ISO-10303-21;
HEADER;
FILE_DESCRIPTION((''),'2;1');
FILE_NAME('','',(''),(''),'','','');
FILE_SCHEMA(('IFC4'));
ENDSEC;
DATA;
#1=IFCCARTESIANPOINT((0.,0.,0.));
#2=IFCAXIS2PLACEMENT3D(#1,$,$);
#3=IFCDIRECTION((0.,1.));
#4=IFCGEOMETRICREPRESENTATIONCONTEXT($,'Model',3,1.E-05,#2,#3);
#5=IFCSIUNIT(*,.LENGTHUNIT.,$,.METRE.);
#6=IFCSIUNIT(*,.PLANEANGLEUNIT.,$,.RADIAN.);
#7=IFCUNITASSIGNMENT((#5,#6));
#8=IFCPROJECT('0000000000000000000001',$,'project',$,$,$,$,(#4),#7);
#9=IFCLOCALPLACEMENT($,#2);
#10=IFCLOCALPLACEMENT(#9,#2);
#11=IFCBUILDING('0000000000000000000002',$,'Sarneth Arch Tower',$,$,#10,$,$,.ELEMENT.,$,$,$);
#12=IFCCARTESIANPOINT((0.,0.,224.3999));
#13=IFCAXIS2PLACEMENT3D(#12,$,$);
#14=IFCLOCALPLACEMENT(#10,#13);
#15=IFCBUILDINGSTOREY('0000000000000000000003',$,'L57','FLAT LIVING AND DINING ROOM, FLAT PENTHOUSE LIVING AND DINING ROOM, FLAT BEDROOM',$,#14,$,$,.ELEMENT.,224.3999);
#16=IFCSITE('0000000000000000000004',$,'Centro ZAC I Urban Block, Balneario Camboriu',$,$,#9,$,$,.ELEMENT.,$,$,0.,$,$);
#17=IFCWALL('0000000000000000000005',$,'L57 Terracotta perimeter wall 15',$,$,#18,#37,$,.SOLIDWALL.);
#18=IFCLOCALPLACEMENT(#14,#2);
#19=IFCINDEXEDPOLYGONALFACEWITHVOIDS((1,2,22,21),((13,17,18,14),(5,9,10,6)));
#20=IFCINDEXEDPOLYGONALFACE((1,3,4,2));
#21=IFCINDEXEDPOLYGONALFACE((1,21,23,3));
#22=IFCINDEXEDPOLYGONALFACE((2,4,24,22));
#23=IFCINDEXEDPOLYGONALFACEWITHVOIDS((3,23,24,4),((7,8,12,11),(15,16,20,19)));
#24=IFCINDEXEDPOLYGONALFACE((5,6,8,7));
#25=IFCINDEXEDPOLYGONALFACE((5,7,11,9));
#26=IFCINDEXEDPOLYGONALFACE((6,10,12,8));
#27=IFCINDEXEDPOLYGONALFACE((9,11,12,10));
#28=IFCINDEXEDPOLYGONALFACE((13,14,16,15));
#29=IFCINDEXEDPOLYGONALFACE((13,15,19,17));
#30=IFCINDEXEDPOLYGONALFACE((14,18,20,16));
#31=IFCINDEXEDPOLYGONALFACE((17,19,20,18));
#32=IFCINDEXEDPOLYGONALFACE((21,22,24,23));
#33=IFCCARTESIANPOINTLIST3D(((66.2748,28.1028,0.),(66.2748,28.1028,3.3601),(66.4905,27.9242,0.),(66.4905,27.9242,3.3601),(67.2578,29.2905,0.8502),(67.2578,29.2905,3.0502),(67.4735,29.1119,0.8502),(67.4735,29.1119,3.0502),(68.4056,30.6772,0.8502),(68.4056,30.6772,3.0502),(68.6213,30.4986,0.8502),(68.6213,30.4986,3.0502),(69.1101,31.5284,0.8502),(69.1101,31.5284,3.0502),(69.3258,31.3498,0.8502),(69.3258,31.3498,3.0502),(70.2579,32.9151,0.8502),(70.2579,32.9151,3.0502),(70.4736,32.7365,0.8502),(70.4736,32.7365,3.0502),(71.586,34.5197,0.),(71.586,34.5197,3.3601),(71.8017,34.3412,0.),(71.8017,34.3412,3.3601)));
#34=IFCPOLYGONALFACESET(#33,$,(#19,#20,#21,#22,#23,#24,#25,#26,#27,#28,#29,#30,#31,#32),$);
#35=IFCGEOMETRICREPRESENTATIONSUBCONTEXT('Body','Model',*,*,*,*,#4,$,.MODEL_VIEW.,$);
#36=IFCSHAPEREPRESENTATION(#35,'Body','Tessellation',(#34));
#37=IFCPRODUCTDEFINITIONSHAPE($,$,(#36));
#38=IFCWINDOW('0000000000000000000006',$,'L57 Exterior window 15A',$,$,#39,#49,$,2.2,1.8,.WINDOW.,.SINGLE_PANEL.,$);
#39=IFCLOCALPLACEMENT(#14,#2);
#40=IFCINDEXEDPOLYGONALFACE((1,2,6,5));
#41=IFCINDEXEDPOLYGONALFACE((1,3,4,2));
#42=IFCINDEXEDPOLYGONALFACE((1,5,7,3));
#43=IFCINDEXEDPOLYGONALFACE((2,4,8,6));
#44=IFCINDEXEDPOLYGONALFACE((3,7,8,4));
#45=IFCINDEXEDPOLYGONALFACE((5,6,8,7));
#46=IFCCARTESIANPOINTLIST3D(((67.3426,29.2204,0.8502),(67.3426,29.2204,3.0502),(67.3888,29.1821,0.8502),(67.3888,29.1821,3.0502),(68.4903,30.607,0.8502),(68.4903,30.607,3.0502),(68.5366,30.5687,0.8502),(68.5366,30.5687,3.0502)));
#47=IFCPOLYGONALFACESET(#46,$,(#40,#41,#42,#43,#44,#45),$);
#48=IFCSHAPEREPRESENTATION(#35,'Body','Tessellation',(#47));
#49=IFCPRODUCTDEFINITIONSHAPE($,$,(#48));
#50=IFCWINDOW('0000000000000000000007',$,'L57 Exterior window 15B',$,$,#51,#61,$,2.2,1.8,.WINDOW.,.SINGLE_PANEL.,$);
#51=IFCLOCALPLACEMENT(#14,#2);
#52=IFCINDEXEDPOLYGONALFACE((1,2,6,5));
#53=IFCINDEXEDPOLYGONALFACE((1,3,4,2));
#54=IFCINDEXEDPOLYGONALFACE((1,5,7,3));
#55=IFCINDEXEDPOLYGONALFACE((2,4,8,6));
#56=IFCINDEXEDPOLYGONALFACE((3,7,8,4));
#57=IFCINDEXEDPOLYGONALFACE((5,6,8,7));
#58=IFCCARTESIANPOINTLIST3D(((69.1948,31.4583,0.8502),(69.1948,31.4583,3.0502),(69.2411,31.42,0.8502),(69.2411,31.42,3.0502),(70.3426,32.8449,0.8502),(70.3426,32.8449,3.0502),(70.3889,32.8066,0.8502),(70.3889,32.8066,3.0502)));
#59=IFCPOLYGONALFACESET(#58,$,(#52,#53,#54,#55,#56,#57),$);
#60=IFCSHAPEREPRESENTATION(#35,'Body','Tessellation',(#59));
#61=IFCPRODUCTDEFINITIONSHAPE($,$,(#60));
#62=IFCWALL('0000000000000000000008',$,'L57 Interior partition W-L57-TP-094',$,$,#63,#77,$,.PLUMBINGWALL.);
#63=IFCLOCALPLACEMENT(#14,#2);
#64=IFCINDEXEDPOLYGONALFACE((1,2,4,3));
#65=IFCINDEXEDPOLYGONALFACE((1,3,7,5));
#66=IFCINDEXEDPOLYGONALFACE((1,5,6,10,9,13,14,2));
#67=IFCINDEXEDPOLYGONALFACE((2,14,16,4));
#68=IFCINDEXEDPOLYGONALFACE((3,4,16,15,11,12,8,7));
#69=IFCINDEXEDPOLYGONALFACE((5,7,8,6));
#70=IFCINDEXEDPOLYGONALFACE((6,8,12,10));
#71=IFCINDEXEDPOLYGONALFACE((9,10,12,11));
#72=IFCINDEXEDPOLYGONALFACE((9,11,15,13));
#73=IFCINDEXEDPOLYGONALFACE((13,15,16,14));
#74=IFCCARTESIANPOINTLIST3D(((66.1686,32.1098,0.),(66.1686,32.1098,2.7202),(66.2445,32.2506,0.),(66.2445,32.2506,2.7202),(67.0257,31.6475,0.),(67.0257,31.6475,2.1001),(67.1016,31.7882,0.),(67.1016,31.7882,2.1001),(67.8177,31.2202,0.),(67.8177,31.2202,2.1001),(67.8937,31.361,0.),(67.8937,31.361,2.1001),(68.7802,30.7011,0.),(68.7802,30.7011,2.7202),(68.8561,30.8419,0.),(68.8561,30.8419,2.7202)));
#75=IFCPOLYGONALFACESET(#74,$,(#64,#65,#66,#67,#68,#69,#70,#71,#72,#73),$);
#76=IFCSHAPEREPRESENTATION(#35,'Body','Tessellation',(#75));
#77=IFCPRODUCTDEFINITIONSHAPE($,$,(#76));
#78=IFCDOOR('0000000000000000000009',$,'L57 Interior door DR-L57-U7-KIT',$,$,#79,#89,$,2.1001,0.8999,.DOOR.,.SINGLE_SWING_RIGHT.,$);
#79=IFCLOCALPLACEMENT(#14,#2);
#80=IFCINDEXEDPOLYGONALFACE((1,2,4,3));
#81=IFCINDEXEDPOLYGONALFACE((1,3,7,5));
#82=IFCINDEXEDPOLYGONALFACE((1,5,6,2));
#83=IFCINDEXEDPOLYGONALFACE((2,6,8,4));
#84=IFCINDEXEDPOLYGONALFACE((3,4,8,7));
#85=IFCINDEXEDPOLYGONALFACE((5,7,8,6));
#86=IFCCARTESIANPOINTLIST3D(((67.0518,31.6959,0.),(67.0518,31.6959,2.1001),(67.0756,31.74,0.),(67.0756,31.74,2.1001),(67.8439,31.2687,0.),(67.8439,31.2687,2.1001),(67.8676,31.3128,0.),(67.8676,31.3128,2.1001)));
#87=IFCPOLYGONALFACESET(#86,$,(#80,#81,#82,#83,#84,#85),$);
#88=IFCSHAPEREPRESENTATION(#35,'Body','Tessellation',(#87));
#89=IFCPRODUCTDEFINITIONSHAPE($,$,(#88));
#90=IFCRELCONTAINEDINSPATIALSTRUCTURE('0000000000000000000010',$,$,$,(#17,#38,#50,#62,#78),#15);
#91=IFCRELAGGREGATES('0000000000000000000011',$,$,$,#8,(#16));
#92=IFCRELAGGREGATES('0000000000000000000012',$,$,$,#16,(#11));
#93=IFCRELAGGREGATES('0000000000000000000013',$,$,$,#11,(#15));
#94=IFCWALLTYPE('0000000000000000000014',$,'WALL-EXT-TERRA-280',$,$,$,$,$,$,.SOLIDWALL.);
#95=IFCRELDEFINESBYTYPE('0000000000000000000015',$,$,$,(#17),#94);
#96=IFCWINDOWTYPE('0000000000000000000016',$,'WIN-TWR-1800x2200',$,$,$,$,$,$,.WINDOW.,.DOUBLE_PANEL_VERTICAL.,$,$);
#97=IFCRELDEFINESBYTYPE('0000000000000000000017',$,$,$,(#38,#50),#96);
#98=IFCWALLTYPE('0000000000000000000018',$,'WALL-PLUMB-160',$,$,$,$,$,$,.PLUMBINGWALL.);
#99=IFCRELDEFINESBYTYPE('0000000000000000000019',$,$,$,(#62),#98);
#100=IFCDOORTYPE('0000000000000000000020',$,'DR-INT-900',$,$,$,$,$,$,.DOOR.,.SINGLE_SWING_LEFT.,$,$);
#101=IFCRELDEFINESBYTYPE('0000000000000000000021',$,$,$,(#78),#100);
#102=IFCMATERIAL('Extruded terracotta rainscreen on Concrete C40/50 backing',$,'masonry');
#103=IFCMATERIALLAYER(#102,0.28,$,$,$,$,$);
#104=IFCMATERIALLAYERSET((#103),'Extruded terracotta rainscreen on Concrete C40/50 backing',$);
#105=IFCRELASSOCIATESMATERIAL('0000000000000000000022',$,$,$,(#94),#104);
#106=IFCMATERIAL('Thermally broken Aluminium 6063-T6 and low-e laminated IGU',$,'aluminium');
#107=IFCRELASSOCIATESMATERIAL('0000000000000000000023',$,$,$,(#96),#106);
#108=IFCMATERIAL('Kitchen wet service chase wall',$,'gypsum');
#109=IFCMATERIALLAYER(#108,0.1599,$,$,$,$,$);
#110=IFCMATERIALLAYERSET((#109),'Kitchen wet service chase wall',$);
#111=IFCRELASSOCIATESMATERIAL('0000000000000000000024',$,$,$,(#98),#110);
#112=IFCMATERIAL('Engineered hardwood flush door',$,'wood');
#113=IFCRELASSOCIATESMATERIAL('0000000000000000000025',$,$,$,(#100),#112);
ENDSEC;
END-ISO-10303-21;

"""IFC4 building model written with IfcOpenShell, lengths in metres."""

from ifc_helpers import new_model, si_unit, direction, frame, frame_2d, origin, place, context, subcontext, project, spatial, rectangle, extrude, material, layer, layer_set, type_object, element, fill, save


model = new_model("IFC4")

# Units and contexts
model_context = context("Model", 3, precision=1e-05, world=origin(), true_north=direction((0.0, 1.0)))
body_context = subcontext(model_context, "Body", "Model", "MODEL_VIEW")
ifc_project = project(units=[si_unit("LENGTHUNIT", "METRE"), si_unit("PLANEANGLEUNIT", "RADIAN")], contexts=[model_context])

# Site, building, storey
site_placement = place(None, origin())
site = spatial("IfcSite", under=ifc_project, at=site_placement, Name="Centro ZAC I Urban Block, Balneario Camboriu", CompositionType="ELEMENT", RefElevation=0.0)
building_placement = place(site_placement, origin())
building = spatial("IfcBuilding", under=site, at=building_placement, Name="Sarneth Arch Tower", CompositionType="ELEMENT")
storey_placement = place(building_placement, frame((0.0, 0.0, 224.3999)))
storey = spatial("IfcBuildingStorey", under=building, at=storey_placement, Name="L57", Description="FLAT LIVING AND DINING ROOM, FLAT PENTHOUSE LIVING AND DINING ROOM, FLAT BEDROOM", CompositionType="ELEMENT", Elevation=224.3999)

# Wall, openings, windows
ifc_material_1 = material(Name="Extruded terracotta rainscreen on Concrete C40/50 backing", Category="masonry")
ifc_layer_1 = layer(ifc_material_1, 0.28)
ifc_layer_set_1 = layer_set([ifc_layer_1], Name="Extruded terracotta rainscreen on Concrete C40/50 backing")
wall_type_1 = type_object("IfcWallType", Name="WALL-EXT-TERRA-280", PredefinedType="SOLIDWALL", material=ifc_layer_set_1)
wall_1_placement = place(storey_placement, frame((66.3826, 28.0134, 0.0), z_axis=(0.0, 0.0, 1.0), x_axis=(0.637615, 0.770355, 0.0)))
wall_1 = element("IfcWall", 1, at=wall_1_placement, inside=storey, type_object=wall_type_1, Name="L57 Terracotta perimeter wall 15", PredefinedType="SOLIDWALL", context=body_context, shape_type="SweptSolid", body=[
    extrude(rectangle(XDim=8.3298, YDim=0.28, at=frame_2d((4.165, 0.0))), origin(), (0.0, 0.0, 1.0), 3.3601),
])
opening_1_placement = place(wall_1_placement, frame((1.542, 0.0, 0.8501)))
opening_1 = element("IfcOpeningElement", 2, at=opening_1_placement, cuts=wall_1, PredefinedType="OPENING", context=body_context, shape_type="SweptSolid", body=[
    extrude(rectangle(XDim=1.8, YDim=2.2, at=frame_2d((0.8999, 1.1001))), frame((0.0, 0.1499, 0.0), z_axis=(0.0, -1.0, 0.0), x_axis=(1.0, 0.0, 0.0)), (0.0, 0.0, 1.0), 0.3),
])
opening_2_placement = place(wall_1_placement, frame((4.447, 0.0, 0.8501)))
opening_2 = element("IfcOpeningElement", 3, at=opening_2_placement, cuts=wall_1, PredefinedType="OPENING", context=body_context, shape_type="SweptSolid", body=[
    extrude(rectangle(XDim=1.8, YDim=2.2, at=frame_2d((0.8999, 1.1001))), frame((0.0, 0.1499, 0.0), z_axis=(0.0, -1.0, 0.0), x_axis=(1.0, 0.0, 0.0)), (0.0, 0.0, 1.0), 0.3),
])
ifc_material_2 = material(Name="Thermally broken Aluminium 6063-T6 and low-e laminated IGU", Category="aluminium")
window_type = type_object("IfcWindowType", Name="WIN-TWR-1800x2200", PartitioningType="DOUBLE_PANEL_VERTICAL", PredefinedType="WINDOW", material=ifc_material_2)
window_1_placement = place(opening_1_placement, origin())
window_1 = element("IfcWindow", 4, at=window_1_placement, inside=storey, type_object=window_type, Name="L57 Exterior window 15A", OverallHeight=2.2, OverallWidth=1.8, PartitioningType="SINGLE_PANEL", PredefinedType="WINDOW", context=body_context, shape_type="SweptSolid", body=[
    extrude(rectangle(XDim=1.8, YDim=2.2, at=frame_2d((0.8999, 1.1001))), frame((0.0, 0.03, 0.0), z_axis=(0.0, -1.0, 0.0), x_axis=(1.0, 0.0, 0.0)), (0.0, 0.0, 1.0), 0.0601),
])
fill(opening_1, window_1)
window_2_placement = place(opening_2_placement, origin())
window_2 = element("IfcWindow", 5, at=window_2_placement, inside=storey, type_object=window_type, Name="L57 Exterior window 15B", OverallHeight=2.2, OverallWidth=1.8, PartitioningType="SINGLE_PANEL", PredefinedType="WINDOW", context=body_context, shape_type="SweptSolid", body=[
    extrude(rectangle(XDim=1.8, YDim=2.2, at=frame_2d((0.8999, 1.1001))), frame((0.0, 0.03, 0.0), z_axis=(0.0, -1.0, 0.0), x_axis=(1.0, 0.0, 0.0)), (0.0, 0.0, 1.0), 0.0601),
])
fill(opening_2, window_2)

# Wall, opening, door
ifc_material_3 = material(Name="Kitchen wet service chase wall", Category="gypsum")
ifc_layer_2 = layer(ifc_material_3, 0.1599)
ifc_layer_set_2 = layer_set([ifc_layer_2], Name="Kitchen wet service chase wall")
wall_type_2 = type_object("IfcWallType", Name="WALL-PLUMB-160", PredefinedType="PLUMBINGWALL", material=ifc_layer_set_2)
wall_2_placement = place(storey_placement, frame((68.8181, 30.7715, 0.0), z_axis=(0.0, 0.0, 1.0), x_axis=(-0.880125, 0.474742, 0.0)))
wall_2 = element("IfcWall", 6, at=wall_2_placement, inside=storey, type_object=wall_type_2, Name="L57 Interior partition W-L57-TP-094", PredefinedType="PLUMBINGWALL", context=body_context, shape_type="SweptSolid", body=[
    extrude(rectangle(XDim=2.9673, YDim=0.1599, at=frame_2d((1.4836, 0.0))), origin(), (0.0, 0.0, 1.0), 2.7202),
])
opening_3_placement = place(wall_2_placement, frame((1.0935, 0.0, 0.0)))
opening_3 = element("IfcOpeningElement", 7, at=opening_3_placement, cuts=wall_2, PredefinedType="OPENING", context=body_context, shape_type="SweptSolid", body=[
    extrude(rectangle(XDim=0.8999, YDim=2.1001, at=frame_2d((0.45, 1.05))), frame((0.0, 0.0898, 0.0), z_axis=(0.0, -1.0, 0.0), x_axis=(1.0, 0.0, 0.0)), (0.0, 0.0, 1.0), 0.1799),
])
ifc_material_4 = material(Name="Engineered hardwood flush door", Category="wood")
door_type = type_object("IfcDoorType", Name="DR-INT-900", OperationType="SINGLE_SWING_LEFT", PredefinedType="DOOR", material=ifc_material_4)
door_placement = place(opening_3_placement, origin())
door = element("IfcDoor", 8, at=door_placement, inside=storey, type_object=door_type, Name="L57 Interior door DR-L57-U7-KIT", OperationType="SINGLE_SWING_RIGHT", OverallHeight=2.1001, OverallWidth=0.8999, PredefinedType="DOOR", context=body_context, shape_type="SweptSolid", body=[
    extrude(rectangle(XDim=0.8999, YDim=2.1001, at=frame_2d((0.45, 1.05))), frame((0.0, 0.0249, 0.0), z_axis=(0.0, -1.0, 0.0), x_axis=(1.0, 0.0, 0.0)), (0.0, 0.0, 1.0), 0.05),
])
fill(opening_3, door)

save(model, "model.ifc")
